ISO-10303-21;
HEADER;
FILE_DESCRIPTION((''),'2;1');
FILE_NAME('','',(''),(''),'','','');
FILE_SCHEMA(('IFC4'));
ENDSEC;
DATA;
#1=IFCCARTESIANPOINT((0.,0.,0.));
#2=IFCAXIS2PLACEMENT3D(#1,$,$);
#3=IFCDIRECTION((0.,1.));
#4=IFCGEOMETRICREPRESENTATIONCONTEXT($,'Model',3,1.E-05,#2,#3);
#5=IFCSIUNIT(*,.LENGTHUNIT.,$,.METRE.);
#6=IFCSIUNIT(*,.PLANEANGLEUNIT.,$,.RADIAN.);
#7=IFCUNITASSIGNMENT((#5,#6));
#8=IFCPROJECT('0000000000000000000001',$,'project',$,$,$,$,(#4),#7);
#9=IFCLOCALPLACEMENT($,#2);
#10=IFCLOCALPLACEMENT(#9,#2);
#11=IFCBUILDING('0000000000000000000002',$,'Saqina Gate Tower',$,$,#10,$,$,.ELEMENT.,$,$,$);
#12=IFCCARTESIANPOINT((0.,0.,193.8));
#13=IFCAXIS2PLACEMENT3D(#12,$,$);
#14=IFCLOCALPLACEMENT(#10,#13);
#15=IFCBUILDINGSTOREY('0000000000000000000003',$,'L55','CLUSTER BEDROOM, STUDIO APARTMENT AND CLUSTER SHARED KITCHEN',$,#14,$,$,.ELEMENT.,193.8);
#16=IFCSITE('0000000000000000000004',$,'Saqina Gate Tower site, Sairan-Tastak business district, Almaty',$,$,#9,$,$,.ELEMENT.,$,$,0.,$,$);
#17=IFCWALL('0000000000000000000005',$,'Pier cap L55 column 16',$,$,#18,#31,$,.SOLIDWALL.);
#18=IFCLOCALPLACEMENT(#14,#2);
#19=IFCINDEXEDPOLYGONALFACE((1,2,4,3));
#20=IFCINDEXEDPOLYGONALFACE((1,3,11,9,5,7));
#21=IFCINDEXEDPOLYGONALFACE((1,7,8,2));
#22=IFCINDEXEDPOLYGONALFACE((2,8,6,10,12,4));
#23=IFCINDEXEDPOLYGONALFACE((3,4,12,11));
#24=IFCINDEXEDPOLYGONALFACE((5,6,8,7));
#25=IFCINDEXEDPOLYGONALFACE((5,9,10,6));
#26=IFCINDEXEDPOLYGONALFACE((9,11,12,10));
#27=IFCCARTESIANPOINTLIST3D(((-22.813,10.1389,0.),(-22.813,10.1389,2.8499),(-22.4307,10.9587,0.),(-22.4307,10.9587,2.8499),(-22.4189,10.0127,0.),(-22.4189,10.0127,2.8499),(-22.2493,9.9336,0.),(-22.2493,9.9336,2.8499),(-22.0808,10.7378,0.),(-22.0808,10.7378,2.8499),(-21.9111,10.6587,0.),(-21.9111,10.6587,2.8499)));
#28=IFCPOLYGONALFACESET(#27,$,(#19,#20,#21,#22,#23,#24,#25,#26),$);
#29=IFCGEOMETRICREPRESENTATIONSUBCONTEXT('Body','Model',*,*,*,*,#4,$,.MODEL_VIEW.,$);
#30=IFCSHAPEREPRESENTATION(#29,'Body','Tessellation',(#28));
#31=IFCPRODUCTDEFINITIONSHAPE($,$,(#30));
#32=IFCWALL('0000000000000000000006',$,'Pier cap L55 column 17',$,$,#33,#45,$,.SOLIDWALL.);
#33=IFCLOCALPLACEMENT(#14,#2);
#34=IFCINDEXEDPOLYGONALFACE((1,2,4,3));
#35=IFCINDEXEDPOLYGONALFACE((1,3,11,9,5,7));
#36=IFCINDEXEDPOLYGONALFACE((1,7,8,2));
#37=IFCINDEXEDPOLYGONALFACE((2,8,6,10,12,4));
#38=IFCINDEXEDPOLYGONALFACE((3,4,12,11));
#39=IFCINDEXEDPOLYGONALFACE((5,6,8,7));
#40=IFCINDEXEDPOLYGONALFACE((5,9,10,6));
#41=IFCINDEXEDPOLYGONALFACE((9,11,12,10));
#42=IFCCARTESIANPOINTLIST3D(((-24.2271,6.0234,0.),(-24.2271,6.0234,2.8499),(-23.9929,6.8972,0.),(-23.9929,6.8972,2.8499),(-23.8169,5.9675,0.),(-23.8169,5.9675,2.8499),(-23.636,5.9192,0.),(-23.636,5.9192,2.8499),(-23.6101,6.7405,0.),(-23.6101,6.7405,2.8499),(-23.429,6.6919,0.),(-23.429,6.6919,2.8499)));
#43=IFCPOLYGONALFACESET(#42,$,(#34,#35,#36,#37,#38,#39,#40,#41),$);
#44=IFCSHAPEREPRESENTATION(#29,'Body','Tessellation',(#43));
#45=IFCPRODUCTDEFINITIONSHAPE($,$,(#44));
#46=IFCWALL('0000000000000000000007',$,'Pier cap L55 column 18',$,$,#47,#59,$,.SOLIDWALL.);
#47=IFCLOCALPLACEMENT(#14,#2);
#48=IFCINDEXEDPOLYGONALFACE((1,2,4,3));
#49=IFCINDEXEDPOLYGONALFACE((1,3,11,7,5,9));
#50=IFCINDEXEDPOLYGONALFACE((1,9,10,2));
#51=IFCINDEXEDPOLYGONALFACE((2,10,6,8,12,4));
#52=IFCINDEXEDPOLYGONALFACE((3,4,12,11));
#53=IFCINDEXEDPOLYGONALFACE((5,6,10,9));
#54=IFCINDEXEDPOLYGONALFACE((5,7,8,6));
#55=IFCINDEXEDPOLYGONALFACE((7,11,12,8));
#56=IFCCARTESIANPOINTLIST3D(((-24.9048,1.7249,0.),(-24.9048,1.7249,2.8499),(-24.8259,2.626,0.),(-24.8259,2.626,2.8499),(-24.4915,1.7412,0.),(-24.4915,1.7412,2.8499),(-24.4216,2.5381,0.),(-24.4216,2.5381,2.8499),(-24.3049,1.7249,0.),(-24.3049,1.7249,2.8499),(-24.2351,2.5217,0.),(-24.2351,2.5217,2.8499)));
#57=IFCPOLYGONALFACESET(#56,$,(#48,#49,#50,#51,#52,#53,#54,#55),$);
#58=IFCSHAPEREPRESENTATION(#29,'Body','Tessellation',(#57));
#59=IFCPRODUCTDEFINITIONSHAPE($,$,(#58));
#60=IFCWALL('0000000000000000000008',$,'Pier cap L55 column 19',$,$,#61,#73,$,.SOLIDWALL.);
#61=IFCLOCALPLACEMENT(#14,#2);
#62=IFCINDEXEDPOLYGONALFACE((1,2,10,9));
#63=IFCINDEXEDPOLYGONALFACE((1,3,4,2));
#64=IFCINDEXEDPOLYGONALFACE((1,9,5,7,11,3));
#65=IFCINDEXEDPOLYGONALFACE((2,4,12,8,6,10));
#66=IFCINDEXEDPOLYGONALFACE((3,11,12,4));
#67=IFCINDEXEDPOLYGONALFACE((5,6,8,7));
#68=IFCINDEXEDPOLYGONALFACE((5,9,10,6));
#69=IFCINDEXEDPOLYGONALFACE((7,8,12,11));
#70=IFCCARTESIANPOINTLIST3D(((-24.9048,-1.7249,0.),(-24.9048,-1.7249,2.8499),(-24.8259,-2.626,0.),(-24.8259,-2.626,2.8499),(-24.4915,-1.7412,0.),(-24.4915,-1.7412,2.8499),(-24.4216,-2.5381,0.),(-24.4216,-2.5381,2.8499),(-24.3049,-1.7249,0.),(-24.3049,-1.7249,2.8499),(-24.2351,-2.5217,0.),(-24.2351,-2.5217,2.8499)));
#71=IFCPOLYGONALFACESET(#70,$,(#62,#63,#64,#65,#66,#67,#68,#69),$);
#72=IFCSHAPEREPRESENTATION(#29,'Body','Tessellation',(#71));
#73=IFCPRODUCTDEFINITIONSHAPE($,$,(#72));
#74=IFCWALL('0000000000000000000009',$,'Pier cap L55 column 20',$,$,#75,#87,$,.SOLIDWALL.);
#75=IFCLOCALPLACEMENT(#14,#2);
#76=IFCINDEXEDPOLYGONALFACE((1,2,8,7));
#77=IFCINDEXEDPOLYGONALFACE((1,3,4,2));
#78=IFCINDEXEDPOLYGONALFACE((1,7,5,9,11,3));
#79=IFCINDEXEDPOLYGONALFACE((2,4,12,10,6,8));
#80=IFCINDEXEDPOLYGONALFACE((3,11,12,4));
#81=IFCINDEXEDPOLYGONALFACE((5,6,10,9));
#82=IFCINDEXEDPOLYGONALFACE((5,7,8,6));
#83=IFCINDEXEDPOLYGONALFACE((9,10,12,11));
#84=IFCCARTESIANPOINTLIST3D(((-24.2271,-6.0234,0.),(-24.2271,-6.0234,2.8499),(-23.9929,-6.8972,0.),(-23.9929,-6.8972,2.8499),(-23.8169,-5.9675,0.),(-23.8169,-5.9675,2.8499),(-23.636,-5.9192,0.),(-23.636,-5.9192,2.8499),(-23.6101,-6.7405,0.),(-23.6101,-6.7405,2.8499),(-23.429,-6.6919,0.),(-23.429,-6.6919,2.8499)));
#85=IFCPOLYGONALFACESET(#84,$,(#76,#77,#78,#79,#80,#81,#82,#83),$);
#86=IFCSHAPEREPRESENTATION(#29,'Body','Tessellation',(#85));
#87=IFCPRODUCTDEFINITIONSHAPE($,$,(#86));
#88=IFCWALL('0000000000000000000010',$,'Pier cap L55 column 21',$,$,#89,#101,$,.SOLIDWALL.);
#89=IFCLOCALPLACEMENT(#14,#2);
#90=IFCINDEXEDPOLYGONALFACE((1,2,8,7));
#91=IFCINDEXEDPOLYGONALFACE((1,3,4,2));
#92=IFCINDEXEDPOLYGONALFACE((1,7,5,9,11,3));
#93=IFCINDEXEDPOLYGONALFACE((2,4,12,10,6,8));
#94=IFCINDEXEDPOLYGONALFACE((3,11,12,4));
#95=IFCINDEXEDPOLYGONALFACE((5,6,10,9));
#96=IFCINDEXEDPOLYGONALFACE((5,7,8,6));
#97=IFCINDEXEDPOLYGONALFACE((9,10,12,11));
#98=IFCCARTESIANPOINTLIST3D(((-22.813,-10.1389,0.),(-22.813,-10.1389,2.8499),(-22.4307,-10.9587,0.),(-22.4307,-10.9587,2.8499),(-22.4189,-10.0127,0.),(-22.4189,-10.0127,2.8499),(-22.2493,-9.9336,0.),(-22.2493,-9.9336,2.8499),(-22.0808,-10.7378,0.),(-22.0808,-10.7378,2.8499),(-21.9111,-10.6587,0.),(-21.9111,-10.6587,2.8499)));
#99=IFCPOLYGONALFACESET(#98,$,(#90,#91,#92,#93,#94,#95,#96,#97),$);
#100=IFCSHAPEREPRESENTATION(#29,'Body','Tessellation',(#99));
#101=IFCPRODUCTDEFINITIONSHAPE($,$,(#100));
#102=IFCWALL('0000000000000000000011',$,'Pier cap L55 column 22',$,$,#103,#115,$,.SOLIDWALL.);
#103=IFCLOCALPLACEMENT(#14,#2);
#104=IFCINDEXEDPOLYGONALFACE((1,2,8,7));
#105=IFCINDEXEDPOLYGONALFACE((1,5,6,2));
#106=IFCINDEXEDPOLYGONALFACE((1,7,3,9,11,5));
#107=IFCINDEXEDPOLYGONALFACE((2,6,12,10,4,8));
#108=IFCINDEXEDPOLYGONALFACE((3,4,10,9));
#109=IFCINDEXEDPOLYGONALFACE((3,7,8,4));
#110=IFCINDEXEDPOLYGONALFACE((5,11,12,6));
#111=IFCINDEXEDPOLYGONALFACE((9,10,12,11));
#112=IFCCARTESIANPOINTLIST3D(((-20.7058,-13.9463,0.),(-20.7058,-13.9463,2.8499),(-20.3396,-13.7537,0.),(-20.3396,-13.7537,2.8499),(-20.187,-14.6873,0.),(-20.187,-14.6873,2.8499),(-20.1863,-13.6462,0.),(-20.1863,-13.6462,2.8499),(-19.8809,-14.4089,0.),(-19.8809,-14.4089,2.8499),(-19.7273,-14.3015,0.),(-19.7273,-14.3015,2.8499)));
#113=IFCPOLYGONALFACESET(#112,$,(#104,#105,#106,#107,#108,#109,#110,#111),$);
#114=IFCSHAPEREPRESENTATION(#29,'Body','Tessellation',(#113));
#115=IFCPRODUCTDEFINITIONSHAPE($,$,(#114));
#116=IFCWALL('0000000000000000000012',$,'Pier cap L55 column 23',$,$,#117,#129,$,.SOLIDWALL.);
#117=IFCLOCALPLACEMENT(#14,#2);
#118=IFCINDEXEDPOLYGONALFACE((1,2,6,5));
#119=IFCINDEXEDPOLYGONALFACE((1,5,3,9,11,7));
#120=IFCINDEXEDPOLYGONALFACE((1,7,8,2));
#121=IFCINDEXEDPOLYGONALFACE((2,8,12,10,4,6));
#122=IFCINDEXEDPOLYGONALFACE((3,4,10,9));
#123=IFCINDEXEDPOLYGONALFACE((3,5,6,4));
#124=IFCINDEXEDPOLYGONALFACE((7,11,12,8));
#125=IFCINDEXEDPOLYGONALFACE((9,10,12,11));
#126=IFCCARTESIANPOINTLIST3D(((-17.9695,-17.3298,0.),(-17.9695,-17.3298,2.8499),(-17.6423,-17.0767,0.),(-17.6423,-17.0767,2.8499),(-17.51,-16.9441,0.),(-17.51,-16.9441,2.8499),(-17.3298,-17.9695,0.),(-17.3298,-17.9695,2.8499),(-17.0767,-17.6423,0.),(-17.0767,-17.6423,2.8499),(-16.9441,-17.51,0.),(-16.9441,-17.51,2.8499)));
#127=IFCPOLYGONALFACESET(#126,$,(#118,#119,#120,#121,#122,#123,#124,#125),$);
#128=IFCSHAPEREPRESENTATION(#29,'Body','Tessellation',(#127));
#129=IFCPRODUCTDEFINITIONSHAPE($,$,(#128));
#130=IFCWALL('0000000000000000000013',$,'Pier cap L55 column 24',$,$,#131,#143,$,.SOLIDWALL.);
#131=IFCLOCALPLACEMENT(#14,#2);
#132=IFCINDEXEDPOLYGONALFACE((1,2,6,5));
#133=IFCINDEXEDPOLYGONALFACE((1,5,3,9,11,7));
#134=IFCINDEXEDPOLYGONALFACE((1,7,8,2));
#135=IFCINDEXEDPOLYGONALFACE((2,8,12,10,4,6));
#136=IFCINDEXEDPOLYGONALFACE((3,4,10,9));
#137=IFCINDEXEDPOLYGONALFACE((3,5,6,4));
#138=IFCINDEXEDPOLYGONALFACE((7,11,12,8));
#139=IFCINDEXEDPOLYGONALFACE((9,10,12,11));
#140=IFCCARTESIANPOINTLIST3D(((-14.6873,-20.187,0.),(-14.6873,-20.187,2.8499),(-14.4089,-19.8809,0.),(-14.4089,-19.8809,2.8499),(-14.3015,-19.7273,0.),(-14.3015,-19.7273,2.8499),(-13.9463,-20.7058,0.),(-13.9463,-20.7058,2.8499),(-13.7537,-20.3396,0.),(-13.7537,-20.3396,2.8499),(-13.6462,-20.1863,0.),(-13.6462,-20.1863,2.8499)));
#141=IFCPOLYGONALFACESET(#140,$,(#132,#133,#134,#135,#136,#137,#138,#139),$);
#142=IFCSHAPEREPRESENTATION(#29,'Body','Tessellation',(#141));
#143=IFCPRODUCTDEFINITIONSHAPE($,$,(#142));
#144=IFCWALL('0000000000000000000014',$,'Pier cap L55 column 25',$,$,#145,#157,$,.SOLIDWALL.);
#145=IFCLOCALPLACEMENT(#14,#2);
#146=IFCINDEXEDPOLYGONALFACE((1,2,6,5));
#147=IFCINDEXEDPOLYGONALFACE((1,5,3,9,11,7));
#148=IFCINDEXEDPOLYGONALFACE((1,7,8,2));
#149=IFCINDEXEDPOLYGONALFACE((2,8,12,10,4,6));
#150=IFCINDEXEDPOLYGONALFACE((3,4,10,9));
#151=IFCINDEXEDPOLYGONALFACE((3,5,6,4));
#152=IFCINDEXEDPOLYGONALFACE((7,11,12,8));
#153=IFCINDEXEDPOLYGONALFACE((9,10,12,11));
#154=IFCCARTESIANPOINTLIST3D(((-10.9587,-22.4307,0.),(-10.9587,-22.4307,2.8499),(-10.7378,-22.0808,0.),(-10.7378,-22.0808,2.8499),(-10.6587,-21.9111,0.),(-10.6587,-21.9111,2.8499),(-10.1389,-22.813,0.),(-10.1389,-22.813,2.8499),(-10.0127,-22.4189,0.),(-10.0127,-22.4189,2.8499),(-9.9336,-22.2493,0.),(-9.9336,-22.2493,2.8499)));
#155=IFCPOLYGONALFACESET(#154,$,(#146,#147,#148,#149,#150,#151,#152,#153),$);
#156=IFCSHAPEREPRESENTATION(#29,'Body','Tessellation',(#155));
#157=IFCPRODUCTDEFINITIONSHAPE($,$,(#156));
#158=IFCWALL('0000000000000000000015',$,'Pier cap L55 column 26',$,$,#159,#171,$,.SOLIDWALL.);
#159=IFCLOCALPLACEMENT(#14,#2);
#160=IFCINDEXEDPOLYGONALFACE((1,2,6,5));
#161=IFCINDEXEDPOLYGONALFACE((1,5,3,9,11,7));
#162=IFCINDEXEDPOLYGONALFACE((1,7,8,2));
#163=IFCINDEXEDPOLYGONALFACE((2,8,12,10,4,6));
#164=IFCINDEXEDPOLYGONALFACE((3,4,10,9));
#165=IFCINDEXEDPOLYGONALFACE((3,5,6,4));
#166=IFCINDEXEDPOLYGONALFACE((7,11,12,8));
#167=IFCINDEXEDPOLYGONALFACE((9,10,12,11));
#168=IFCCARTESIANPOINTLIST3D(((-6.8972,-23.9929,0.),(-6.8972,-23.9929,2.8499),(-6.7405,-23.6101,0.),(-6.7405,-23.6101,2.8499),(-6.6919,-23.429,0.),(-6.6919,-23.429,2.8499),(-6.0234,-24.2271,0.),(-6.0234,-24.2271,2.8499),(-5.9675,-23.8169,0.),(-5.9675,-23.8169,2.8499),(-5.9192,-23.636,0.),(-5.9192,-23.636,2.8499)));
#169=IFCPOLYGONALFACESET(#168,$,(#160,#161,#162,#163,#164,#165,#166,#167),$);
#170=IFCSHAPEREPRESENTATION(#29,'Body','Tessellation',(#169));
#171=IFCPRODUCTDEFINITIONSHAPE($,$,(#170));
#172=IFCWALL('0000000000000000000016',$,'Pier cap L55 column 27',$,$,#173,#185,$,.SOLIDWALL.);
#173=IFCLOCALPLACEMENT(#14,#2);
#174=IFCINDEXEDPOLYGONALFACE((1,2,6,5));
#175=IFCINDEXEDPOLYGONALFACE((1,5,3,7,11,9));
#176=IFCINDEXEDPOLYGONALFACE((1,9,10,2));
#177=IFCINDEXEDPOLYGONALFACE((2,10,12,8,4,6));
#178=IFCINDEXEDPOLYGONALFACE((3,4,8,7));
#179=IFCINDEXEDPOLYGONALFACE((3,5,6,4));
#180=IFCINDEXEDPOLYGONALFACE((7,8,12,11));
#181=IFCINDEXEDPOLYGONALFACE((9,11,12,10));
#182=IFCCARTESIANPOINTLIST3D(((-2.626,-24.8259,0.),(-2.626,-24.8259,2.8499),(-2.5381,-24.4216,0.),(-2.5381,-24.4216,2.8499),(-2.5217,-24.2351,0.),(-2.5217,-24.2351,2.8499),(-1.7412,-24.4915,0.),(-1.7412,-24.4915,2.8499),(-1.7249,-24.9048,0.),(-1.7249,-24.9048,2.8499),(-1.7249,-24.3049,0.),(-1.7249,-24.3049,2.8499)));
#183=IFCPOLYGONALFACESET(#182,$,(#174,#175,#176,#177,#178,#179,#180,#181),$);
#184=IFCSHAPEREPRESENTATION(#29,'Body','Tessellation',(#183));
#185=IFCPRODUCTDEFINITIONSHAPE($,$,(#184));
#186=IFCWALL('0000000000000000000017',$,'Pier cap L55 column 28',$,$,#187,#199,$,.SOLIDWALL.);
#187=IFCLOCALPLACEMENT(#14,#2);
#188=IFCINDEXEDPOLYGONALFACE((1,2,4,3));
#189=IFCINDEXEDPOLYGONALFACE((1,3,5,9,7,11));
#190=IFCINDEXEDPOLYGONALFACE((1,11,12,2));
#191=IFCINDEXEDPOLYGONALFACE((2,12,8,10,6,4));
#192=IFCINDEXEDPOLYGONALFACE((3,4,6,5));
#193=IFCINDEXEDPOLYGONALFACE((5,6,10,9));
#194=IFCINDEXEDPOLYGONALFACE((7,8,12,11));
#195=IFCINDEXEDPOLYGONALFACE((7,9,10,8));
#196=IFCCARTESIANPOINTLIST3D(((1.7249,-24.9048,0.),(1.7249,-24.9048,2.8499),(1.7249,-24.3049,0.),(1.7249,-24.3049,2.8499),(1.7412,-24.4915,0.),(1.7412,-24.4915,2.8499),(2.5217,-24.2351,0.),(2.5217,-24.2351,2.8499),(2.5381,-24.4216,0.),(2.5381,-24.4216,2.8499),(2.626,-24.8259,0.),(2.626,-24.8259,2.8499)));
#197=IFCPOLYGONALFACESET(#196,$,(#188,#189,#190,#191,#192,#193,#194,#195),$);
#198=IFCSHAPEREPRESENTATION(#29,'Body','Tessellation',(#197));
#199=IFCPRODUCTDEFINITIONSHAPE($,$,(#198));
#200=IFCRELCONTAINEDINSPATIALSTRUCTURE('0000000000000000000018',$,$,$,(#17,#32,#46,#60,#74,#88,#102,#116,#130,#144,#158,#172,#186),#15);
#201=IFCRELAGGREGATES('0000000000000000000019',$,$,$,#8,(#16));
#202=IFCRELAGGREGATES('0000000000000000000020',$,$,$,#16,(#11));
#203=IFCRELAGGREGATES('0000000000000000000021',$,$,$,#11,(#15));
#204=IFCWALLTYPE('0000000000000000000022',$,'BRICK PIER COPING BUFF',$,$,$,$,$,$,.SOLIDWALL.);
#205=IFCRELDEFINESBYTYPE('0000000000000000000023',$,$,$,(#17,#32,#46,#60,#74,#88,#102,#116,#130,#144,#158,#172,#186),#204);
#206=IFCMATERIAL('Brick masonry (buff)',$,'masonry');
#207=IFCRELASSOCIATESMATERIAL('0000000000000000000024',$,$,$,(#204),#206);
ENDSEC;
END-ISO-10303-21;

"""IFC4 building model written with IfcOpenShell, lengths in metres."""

from ifc_helpers import new_model, si_unit, direction, frame, origin, place, context, subcontext, project, spatial, polyline, outline, extrude, material, type_object, element, save


model = new_model("IFC4")

# Units and contexts
model_context = context("Model", 3, precision=1e-05, world=origin(), true_north=direction((0.0, 1.0)))
body_context = subcontext(model_context, "Body", "Model", "MODEL_VIEW")
ifc_project = project(units=[si_unit("LENGTHUNIT", "METRE"), si_unit("PLANEANGLEUNIT", "RADIAN")], contexts=[model_context])

# Site, building, storey
site_placement = place(None, origin())
site = spatial("IfcSite", under=ifc_project, at=site_placement, Name="Saqina Gate Tower site, Sairan-Tastak business district, Almaty", CompositionType="ELEMENT", RefElevation=0.0)
building_placement = place(site_placement, origin())
building = spatial("IfcBuilding", under=site, at=building_placement, Name="Saqina Gate Tower", CompositionType="ELEMENT")
storey_placement = place(building_placement, frame((0.0, 0.0, 193.8)))
storey = spatial("IfcBuildingStorey", under=building, at=storey_placement, Name="L55", Description="CLUSTER BEDROOM, STUDIO APARTMENT AND CLUSTER SHARED KITCHEN", CompositionType="ELEMENT", Elevation=193.8)

# Walls
ifc_material = material(Name="Brick masonry (buff)", Category="masonry")
wall_type = type_object("IfcWallType", Name="BRICK PIER COPING BUFF", PredefinedType="SOLIDWALL", material=ifc_material)
wall_1_placement = place(storey_placement, origin())
element("IfcWall", 1, at=wall_1_placement, inside=storey, type_object=wall_type, Name="Pier cap L55 column 16", PredefinedType="SOLIDWALL", context=body_context, shape_type="SweptSolid", body=[
    extrude(outline(polyline([(-22.813, 10.1389), (-22.2493, 9.9336), (-22.4189, 10.0127), (-22.0808, 10.7378), (-21.9111, 10.6587), (-22.4307, 10.9587), (-22.813, 10.1389)])), origin(), (0.0, 0.0, 1.0), 2.8499),
])
wall_2_placement = place(storey_placement, origin())
element("IfcWall", 2, at=wall_2_placement, inside=storey, type_object=wall_type, Name="Pier cap L55 column 17", PredefinedType="SOLIDWALL", context=body_context, shape_type="SweptSolid", body=[
    extrude(outline(polyline([(-24.2271, 6.0234), (-23.636, 5.9192), (-23.8169, 5.9675), (-23.6101, 6.7405), (-23.429, 6.6919), (-23.9929, 6.8972), (-24.2271, 6.0234)])), origin(), (0.0, 0.0, 1.0), 2.8499),
])
wall_3_placement = place(storey_placement, origin())
element("IfcWall", 3, at=wall_3_placement, inside=storey, type_object=wall_type, Name="Pier cap L55 column 18", PredefinedType="SOLIDWALL", context=body_context, shape_type="SweptSolid", body=[
    extrude(outline(polyline([(-24.8259, 2.626), (-24.9048, 1.7249), (-24.3049, 1.7249), (-24.4915, 1.7412), (-24.4216, 2.5381), (-24.2351, 2.5217), (-24.8259, 2.626)])), origin(), (0.0, 0.0, 1.0), 2.8499),
])
wall_4_placement = place(storey_placement, origin())
element("IfcWall", 4, at=wall_4_placement, inside=storey, type_object=wall_type, Name="Pier cap L55 column 19", PredefinedType="SOLIDWALL", context=body_context, shape_type="SweptSolid", body=[
    extrude(outline(polyline([(-24.9048, -1.7249), (-24.8259, -2.626), (-24.2351, -2.5217), (-24.4216, -2.5381), (-24.4915, -1.7412), (-24.3049, -1.7249), (-24.9048, -1.7249)])), origin(), (0.0, 0.0, 1.0), 2.8499),
])
wall_5_placement = place(storey_placement, origin())
element("IfcWall", 5, at=wall_5_placement, inside=storey, type_object=wall_type, Name="Pier cap L55 column 20", PredefinedType="SOLIDWALL", context=body_context, shape_type="SweptSolid", body=[
    extrude(outline(polyline([(-24.2271, -6.0234), (-23.9929, -6.8972), (-23.429, -6.6919), (-23.6101, -6.7405), (-23.8169, -5.9675), (-23.636, -5.9192), (-24.2271, -6.0234)])), origin(), (0.0, 0.0, 1.0), 2.8499),
])
wall_6_placement = place(storey_placement, origin())
element("IfcWall", 6, at=wall_6_placement, inside=storey, type_object=wall_type, Name="Pier cap L55 column 21", PredefinedType="SOLIDWALL", context=body_context, shape_type="SweptSolid", body=[
    extrude(outline(polyline([(-22.4307, -10.9587), (-21.9111, -10.6587), (-22.0808, -10.7378), (-22.4189, -10.0127), (-22.2493, -9.9336), (-22.813, -10.1389), (-22.4307, -10.9587)])), origin(), (0.0, 0.0, 1.0), 2.8499),
])
wall_7_placement = place(storey_placement, origin())
element("IfcWall", 7, at=wall_7_placement, inside=storey, type_object=wall_type, Name="Pier cap L55 column 22", PredefinedType="SOLIDWALL", context=body_context, shape_type="SweptSolid", body=[
    extrude(outline(polyline([(-20.7058, -13.9463), (-20.187, -14.6873), (-19.7273, -14.3015), (-19.8809, -14.4089), (-20.3396, -13.7537), (-20.1863, -13.6462), (-20.7058, -13.9463)])), origin(), (0.0, 0.0, 1.0), 2.8499),
])
wall_8_placement = place(storey_placement, origin())
element("IfcWall", 8, at=wall_8_placement, inside=storey, type_object=wall_type, Name="Pier cap L55 column 23", PredefinedType="SOLIDWALL", context=body_context, shape_type="SweptSolid", body=[
    extrude(outline(polyline([(-17.3298, -17.9695), (-16.9441, -17.51), (-17.0767, -17.6423), (-17.6423, -17.0767), (-17.51, -16.9441), (-17.9695, -17.3298), (-17.3298, -17.9695)])), origin(), (0.0, 0.0, 1.0), 2.8499),
])
wall_9_placement = place(storey_placement, origin())
element("IfcWall", 9, at=wall_9_placement, inside=storey, type_object=wall_type, Name="Pier cap L55 column 24", PredefinedType="SOLIDWALL", context=body_context, shape_type="SweptSolid", body=[
    extrude(outline(polyline([(-14.6873, -20.187), (-13.9463, -20.7058), (-13.6462, -20.1863), (-13.7537, -20.3396), (-14.4089, -19.8809), (-14.3015, -19.7273), (-14.6873, -20.187)])), origin(), (0.0, 0.0, 1.0), 2.8499),
])
wall_10_placement = place(storey_placement, origin())
element("IfcWall", 10, at=wall_10_placement, inside=storey, type_object=wall_type, Name="Pier cap L55 column 25", PredefinedType="SOLIDWALL", context=body_context, shape_type="SweptSolid", body=[
    extrude(outline(polyline([(-10.1389, -22.813), (-9.9336, -22.2493), (-10.0127, -22.4189), (-10.7378, -22.0808), (-10.6587, -21.9111), (-10.9587, -22.4307), (-10.1389, -22.813)])), origin(), (0.0, 0.0, 1.0), 2.8499),
])
wall_11_placement = place(storey_placement, origin())
element("IfcWall", 11, at=wall_11_placement, inside=storey, type_object=wall_type, Name="Pier cap L55 column 26", PredefinedType="SOLIDWALL", context=body_context, shape_type="SweptSolid", body=[
    extrude(outline(polyline([(-6.0234, -24.2271), (-5.9192, -23.636), (-5.9675, -23.8169), (-6.7405, -23.6101), (-6.6919, -23.429), (-6.8972, -23.9929), (-6.0234, -24.2271)])), origin(), (0.0, 0.0, 1.0), 2.8499),
])
wall_12_placement = place(storey_placement, origin())
element("IfcWall", 12, at=wall_12_placement, inside=storey, type_object=wall_type, Name="Pier cap L55 column 27", PredefinedType="SOLIDWALL", context=body_context, shape_type="SweptSolid", body=[
    extrude(outline(polyline([(-2.626, -24.8259), (-1.7249, -24.9048), (-1.7249, -24.3049), (-1.7412, -24.4915), (-2.5381, -24.4216), (-2.5217, -24.2351), (-2.626, -24.8259)])), origin(), (0.0, 0.0, 1.0), 2.8499),
])
wall_13_placement = place(storey_placement, origin())
element("IfcWall", 13, at=wall_13_placement, inside=storey, type_object=wall_type, Name="Pier cap L55 column 28", PredefinedType="SOLIDWALL", context=body_context, shape_type="SweptSolid", body=[
    extrude(outline(polyline([(1.7249, -24.9048), (2.626, -24.8259), (2.5217, -24.2351), (2.5381, -24.4216), (1.7412, -24.4915), (1.7249, -24.3049), (1.7249, -24.9048)])), origin(), (0.0, 0.0, 1.0), 2.8499),
])

save(model, "model.ifc")
